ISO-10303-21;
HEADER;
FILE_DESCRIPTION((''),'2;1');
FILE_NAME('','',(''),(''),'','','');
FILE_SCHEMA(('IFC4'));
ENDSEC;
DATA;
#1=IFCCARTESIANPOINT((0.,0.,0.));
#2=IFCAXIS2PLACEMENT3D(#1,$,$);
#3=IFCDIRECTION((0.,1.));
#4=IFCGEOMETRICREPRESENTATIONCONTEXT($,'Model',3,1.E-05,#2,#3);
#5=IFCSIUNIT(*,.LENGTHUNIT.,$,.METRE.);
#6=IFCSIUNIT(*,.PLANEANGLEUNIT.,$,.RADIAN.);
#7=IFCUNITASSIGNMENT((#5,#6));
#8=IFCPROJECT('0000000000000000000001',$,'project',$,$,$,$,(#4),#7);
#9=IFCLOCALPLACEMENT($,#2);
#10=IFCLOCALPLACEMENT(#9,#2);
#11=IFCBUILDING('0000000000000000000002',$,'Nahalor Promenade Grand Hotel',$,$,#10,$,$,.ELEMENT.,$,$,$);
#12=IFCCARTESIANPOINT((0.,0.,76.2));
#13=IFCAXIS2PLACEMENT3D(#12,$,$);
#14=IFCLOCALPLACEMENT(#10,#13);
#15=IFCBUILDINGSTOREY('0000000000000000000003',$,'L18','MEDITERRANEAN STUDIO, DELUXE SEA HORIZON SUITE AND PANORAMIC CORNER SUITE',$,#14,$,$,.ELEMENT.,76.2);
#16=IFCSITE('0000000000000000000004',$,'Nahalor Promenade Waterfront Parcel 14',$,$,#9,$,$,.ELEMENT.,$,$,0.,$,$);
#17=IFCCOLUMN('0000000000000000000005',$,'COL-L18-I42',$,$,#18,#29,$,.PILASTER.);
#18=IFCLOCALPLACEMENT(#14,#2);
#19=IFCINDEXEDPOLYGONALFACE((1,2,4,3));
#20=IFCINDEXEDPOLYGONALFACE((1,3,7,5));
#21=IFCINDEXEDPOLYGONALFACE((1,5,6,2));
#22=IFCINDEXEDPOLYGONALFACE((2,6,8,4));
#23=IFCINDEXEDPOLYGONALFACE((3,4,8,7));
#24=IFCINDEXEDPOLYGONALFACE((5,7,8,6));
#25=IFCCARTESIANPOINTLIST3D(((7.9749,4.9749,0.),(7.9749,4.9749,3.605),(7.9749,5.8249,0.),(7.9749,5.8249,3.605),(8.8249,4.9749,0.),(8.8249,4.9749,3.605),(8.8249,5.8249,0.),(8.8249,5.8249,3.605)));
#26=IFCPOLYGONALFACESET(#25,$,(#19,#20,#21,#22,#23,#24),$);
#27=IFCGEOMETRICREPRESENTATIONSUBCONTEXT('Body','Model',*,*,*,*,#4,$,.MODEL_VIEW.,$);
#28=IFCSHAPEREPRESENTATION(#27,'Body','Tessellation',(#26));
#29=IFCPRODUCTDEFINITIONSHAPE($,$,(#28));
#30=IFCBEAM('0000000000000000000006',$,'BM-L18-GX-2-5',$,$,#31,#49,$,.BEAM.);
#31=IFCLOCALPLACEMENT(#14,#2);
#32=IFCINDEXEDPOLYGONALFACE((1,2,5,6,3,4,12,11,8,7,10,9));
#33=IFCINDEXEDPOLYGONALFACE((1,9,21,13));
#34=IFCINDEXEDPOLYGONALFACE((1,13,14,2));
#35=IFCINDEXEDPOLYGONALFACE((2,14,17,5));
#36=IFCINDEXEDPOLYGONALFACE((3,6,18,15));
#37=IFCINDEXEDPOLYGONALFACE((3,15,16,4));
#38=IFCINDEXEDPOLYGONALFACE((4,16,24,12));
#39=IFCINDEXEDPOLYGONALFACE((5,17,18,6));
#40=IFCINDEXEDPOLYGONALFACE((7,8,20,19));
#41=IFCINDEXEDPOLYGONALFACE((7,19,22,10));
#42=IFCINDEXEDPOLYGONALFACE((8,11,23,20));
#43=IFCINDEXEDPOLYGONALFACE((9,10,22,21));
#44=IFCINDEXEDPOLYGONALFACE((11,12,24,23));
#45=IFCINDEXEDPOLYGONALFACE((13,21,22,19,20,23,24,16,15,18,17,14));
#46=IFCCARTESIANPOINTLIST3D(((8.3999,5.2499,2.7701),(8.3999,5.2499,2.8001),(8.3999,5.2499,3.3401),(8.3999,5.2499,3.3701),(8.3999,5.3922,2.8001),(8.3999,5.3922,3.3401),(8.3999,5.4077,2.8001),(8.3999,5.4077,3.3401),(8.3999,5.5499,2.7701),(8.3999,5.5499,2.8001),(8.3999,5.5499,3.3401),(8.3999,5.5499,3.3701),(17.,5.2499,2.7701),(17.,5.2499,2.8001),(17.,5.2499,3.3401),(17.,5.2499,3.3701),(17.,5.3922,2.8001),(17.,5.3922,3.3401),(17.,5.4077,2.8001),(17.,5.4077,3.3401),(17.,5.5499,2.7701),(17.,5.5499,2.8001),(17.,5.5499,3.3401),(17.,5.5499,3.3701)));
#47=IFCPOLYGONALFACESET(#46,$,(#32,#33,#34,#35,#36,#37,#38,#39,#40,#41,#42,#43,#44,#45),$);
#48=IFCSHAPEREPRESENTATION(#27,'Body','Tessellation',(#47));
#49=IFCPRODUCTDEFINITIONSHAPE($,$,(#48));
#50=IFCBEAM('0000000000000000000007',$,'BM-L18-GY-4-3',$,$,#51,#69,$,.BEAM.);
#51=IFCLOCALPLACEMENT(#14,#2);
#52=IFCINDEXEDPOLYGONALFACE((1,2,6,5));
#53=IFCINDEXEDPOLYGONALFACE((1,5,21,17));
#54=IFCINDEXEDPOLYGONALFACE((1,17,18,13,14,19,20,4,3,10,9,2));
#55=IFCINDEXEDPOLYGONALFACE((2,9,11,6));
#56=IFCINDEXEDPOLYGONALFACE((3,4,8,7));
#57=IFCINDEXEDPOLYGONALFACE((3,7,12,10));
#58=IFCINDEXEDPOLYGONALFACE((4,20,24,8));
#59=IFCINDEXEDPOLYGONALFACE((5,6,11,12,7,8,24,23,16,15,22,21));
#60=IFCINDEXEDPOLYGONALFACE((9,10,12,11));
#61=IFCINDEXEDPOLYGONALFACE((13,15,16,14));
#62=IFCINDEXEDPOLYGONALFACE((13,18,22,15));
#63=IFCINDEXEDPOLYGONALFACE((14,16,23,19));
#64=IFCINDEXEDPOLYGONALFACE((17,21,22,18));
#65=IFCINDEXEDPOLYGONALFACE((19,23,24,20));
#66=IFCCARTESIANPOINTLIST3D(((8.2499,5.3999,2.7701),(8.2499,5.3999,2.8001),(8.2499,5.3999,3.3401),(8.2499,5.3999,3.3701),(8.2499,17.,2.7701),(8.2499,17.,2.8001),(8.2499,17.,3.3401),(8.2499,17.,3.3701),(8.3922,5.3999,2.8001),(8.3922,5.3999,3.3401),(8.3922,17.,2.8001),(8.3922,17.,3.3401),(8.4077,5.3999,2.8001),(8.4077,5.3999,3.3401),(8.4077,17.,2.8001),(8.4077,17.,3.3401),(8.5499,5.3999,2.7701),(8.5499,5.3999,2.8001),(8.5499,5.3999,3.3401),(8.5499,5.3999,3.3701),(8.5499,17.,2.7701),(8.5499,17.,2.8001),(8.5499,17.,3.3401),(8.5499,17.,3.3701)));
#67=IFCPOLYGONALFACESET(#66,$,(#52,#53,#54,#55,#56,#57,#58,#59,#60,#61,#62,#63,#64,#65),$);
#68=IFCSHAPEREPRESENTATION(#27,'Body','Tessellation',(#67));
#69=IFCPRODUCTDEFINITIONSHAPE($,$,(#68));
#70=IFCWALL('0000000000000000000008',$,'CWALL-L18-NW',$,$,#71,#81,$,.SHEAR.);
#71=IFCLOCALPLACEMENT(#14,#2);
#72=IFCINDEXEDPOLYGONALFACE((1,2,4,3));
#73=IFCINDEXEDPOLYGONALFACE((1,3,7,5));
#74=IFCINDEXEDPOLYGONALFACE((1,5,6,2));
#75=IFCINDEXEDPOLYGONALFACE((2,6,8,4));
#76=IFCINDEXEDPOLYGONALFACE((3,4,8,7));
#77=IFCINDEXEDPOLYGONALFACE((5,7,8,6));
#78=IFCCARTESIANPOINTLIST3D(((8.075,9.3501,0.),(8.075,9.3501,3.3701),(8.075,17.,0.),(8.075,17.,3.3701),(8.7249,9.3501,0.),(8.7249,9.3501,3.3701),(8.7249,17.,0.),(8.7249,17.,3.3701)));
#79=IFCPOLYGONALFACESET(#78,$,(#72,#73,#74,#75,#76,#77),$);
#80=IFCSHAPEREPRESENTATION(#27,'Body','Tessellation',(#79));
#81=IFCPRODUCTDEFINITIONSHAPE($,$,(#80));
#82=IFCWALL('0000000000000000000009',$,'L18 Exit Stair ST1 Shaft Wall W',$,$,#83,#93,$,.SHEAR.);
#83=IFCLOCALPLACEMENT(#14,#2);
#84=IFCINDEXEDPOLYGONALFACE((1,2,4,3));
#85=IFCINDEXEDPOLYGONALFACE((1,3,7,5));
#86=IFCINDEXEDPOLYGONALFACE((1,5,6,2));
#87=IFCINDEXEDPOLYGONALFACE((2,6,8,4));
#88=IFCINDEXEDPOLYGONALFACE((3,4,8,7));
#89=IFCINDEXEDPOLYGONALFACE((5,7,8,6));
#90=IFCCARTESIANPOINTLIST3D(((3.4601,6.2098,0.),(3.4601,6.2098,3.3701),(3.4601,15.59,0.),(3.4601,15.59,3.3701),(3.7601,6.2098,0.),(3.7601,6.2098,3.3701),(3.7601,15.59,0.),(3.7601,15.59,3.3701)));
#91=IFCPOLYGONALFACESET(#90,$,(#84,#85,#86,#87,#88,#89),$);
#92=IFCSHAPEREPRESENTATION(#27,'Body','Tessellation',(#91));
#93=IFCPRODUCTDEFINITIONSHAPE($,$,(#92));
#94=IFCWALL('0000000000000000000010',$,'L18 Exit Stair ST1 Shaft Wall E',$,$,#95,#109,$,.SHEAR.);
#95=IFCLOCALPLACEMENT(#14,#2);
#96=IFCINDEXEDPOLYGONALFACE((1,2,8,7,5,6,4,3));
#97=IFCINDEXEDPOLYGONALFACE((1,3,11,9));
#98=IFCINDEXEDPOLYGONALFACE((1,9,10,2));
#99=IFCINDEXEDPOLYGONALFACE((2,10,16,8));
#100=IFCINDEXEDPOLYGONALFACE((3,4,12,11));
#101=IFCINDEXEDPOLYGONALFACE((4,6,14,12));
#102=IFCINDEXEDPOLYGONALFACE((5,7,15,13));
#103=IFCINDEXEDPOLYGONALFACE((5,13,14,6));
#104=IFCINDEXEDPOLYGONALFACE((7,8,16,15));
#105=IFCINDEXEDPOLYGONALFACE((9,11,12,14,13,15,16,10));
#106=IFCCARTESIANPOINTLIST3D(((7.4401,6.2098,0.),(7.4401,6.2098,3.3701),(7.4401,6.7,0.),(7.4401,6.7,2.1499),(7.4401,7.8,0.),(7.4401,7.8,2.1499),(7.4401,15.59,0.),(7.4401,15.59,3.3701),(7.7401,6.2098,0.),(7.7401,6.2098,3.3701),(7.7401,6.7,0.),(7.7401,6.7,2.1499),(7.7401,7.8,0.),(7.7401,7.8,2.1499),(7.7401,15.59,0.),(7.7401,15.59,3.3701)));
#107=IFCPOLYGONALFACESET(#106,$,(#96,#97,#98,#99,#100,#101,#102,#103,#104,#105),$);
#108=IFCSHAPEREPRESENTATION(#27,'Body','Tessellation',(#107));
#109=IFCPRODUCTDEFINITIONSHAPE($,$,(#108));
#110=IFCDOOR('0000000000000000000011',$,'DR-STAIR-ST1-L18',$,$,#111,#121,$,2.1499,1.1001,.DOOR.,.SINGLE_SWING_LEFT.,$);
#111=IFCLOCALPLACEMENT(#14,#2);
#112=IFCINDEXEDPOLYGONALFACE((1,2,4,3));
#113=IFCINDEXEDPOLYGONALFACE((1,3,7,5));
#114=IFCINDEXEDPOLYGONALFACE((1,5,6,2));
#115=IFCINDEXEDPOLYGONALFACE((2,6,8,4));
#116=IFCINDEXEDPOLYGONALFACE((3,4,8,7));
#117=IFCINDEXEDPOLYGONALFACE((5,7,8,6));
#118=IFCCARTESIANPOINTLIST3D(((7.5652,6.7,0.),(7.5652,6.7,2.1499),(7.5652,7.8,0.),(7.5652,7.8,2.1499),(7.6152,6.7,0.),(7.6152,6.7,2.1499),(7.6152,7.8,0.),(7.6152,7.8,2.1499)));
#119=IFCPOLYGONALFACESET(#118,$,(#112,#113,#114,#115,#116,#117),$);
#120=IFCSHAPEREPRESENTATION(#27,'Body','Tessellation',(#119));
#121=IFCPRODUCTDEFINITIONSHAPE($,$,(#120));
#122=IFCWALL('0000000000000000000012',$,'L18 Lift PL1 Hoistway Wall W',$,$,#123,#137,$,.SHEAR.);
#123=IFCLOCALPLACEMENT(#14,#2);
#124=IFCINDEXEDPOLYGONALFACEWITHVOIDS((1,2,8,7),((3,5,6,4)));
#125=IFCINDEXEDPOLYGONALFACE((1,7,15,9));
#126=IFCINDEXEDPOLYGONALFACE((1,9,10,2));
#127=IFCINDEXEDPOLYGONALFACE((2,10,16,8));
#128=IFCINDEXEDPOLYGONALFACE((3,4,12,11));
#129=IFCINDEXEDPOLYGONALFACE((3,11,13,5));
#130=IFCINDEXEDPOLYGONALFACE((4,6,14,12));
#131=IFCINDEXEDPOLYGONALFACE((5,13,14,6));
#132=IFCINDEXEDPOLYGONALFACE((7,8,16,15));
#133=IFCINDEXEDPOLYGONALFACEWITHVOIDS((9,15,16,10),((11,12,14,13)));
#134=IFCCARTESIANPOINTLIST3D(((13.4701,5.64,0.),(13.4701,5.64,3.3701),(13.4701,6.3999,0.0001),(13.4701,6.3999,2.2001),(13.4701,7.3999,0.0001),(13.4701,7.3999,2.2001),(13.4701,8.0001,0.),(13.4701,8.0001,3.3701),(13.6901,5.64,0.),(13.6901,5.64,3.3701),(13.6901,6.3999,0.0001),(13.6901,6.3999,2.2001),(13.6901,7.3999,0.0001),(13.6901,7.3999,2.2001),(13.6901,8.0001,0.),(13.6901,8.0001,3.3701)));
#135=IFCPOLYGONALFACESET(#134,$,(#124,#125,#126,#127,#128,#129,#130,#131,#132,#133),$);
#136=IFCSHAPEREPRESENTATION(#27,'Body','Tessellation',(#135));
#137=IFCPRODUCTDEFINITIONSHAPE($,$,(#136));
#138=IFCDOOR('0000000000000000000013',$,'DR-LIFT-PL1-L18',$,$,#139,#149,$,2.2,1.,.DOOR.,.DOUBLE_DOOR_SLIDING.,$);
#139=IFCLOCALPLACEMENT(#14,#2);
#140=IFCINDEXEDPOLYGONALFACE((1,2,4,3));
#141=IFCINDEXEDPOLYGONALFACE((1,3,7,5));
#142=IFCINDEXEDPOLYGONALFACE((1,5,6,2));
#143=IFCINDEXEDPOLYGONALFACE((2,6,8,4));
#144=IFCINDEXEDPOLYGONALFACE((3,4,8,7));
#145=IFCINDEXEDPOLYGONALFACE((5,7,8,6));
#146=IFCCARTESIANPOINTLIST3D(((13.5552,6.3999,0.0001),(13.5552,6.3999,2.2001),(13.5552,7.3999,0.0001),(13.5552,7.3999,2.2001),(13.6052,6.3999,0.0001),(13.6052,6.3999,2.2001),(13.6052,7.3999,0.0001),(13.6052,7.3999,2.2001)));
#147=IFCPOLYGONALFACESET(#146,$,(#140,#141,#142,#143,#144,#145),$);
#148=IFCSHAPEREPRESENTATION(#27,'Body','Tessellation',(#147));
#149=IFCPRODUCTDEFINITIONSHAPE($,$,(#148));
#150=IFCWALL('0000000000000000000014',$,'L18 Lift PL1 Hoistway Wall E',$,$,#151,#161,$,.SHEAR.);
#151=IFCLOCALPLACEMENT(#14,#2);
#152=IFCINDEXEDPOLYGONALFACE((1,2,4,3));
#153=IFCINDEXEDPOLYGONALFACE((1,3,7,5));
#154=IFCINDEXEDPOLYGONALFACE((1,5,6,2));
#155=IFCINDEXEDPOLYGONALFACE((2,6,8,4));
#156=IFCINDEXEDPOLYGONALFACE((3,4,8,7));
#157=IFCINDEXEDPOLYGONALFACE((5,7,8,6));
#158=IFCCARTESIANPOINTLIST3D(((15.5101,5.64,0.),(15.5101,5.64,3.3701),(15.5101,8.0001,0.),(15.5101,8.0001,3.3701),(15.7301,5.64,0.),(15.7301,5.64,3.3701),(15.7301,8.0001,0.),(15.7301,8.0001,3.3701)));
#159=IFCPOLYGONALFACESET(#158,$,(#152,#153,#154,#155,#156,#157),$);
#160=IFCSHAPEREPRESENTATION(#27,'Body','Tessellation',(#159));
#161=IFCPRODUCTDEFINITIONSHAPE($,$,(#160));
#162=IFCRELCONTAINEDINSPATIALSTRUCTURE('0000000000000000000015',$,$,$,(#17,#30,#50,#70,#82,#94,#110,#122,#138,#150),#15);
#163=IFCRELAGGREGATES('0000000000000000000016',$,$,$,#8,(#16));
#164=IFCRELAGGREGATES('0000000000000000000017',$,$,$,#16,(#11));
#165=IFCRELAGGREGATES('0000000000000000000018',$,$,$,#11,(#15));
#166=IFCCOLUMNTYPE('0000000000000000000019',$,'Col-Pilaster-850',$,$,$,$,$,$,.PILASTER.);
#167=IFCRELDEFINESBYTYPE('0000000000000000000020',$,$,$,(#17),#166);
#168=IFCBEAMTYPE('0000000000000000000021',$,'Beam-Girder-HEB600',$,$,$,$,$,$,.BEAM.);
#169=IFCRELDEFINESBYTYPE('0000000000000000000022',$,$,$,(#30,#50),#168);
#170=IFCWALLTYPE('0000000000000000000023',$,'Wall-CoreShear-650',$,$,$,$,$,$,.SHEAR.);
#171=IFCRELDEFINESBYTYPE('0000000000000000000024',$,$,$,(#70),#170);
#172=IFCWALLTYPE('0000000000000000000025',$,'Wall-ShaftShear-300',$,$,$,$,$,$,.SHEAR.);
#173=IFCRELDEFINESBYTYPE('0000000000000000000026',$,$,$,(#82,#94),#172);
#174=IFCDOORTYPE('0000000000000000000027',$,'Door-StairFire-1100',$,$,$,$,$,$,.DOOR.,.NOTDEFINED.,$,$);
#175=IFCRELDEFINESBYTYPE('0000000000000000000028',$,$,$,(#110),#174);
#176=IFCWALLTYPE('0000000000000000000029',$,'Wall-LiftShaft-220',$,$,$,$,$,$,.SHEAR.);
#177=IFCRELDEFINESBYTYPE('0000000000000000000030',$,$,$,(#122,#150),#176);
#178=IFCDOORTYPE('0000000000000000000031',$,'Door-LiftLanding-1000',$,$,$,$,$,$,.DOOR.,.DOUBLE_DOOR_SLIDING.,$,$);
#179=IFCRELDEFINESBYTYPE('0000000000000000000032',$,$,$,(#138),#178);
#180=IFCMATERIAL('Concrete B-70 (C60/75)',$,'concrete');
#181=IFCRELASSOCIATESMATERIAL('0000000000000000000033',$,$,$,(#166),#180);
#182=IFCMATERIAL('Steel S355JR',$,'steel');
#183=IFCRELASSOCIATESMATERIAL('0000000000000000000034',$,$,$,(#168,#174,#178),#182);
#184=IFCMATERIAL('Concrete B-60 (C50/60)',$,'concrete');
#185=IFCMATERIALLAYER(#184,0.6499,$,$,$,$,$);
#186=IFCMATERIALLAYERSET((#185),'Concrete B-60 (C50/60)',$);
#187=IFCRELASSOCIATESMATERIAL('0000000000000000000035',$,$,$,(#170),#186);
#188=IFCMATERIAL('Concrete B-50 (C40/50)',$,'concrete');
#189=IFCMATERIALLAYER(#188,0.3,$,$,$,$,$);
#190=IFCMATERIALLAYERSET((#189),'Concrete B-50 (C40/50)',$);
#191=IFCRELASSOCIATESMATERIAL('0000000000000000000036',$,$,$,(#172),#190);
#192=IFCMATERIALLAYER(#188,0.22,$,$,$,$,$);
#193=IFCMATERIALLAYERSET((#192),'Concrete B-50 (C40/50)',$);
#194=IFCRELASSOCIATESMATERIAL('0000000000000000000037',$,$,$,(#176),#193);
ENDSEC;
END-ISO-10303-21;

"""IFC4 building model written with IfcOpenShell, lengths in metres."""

from ifc_helpers import new_model, si_unit, direction, frame, frame_2d, origin, origin_2d, place, context, subcontext, project, spatial, rectangle, i_section, extrude, source, transform, mapped, material, layer, layer_set, material_profile, profile_set, type_object, element, fill, save


model = new_model("IFC4")

# Units and contexts
model_context = context("Model", 3, precision=1e-05, world=origin(), true_north=direction((0.0, 1.0)))
body_context = subcontext(model_context, "Body", "Model", "MODEL_VIEW")
ifc_project = project(units=[si_unit("LENGTHUNIT", "METRE"), si_unit("PLANEANGLEUNIT", "RADIAN")], contexts=[model_context])

# Site, building, storey
site_placement = place(None, origin())
site = spatial("IfcSite", under=ifc_project, at=site_placement, Name="Nahalor Promenade Waterfront Parcel 14", CompositionType="ELEMENT", RefElevation=0.0)
building_placement = place(site_placement, origin())
building = spatial("IfcBuilding", under=site, at=building_placement, Name="Nahalor Promenade Grand Hotel", CompositionType="ELEMENT")
storey_placement = place(building_placement, frame((0.0, 0.0, 76.2)))
storey = spatial("IfcBuildingStorey", under=building, at=storey_placement, Name="L18", Description="MEDITERRANEAN STUDIO, DELUXE SEA HORIZON SUITE AND PANORAMIC CORNER SUITE", CompositionType="ELEMENT", Elevation=76.2)

# Column
ifc_material_1 = material(Name="Concrete B-70 (C60/75)", Category="concrete")
ifc_material_profile_1 = material_profile(ifc_material_1, rectangle(XDim=0.85, YDim=0.85, at=origin_2d()), Name="RC 850x850")
ifc_profile_set_1 = profile_set([ifc_material_profile_1], Name="Concrete B-70 (C60/75)")
column_type = type_object("IfcColumnType", Name="Col-Pilaster-850", PredefinedType="PILASTER", material=ifc_profile_set_1)
shared_shape_1 = source(origin(), body_context, "Body", "SweptSolid", [
    extrude(rectangle(XDim=0.85, YDim=0.85, at=origin_2d()), origin(), (0.0, 0.0, 1.0), 3.605),
])
column_placement = place(storey_placement, frame((8.3999, 5.3999, 0.0), z_axis=(0.0, 0.0, 1.0), x_axis=(1.0, 0.0, 0.0)))
element("IfcColumn", 1, at=column_placement, inside=storey, type_object=column_type, Name="COL-L18-I42", PredefinedType="PILASTER", context=body_context, shape_type="MappedRepresentation", body=[
    mapped(shared_shape_1, transform((0.0, 0.0, 0.0), scale=1.0)),
])

# Beams
ifc_material_2 = material(Name="Steel S355JR", Category="steel")
ifc_material_profile_2 = material_profile(ifc_material_2, i_section(OverallWidth=0.3, OverallDepth=0.6, WebThickness=0.0155, FlangeThickness=0.03, at=origin_2d()), Name="HEB 600")
ifc_profile_set_2 = profile_set([ifc_material_profile_2], Name="Steel S355JR")
beam_type = type_object("IfcBeamType", Name="Beam-Girder-HEB600", PredefinedType="BEAM", material=ifc_profile_set_2)
shared_shape_2 = source(origin(), body_context, "Body", "SweptSolid", [
    extrude(i_section(OverallWidth=0.3, OverallDepth=0.6, WebThickness=0.0155, FlangeThickness=0.03, at=origin_2d()), origin(), (0.0, 0.0, 1.0), 8.6001),
])
beam_1_placement = place(storey_placement, frame((8.3999, 5.3999, 3.0701), z_axis=(1.0, 0.0, 0.0), x_axis=(0.0, 1.0, 0.0)))
element("IfcBeam", 2, at=beam_1_placement, inside=storey, type_object=beam_type, Name="BM-L18-GX-2-5", PredefinedType="BEAM", context=body_context, shape_type="MappedRepresentation", body=[
    mapped(shared_shape_2, transform((0.0, 0.0, 0.0), scale=1.0)),
])
shared_shape_3 = source(origin(), body_context, "Body", "SweptSolid", [
    extrude(i_section(OverallWidth=0.3, OverallDepth=0.6, WebThickness=0.0155, FlangeThickness=0.03, at=origin_2d()), origin(), (0.0, 0.0, 1.0), 11.6001),
])
beam_2_placement = place(storey_placement, frame((8.3999, 5.3999, 3.0701), z_axis=(0.0, 1.0, 0.0), x_axis=(-1.0, 0.0, 0.0)))
element("IfcBeam", 3, at=beam_2_placement, inside=storey, type_object=beam_type, Name="BM-L18-GY-4-3", PredefinedType="BEAM", context=body_context, shape_type="MappedRepresentation", body=[
    mapped(shared_shape_3, transform((0.0, 0.0, 0.0), scale=1.0)),
])

# Walls
ifc_material_3 = material(Name="Concrete B-60 (C50/60)", Category="concrete")
ifc_layer_1 = layer(ifc_material_3, 0.6499)
ifc_layer_set_1 = layer_set([ifc_layer_1], Name="Concrete B-60 (C50/60)")
wall_type_1 = type_object("IfcWallType", Name="Wall-CoreShear-650", PredefinedType="SHEAR", material=ifc_layer_set_1)
shared_shape_4 = source(origin(), body_context, "Body", "SweptSolid", [
    extrude(rectangle(XDim=7.6499, YDim=0.6499, at=frame_2d((3.825, 0.0))), origin(), (0.0, 0.0, 1.0), 3.3701),
])
wall_1_placement = place(storey_placement, frame((8.3999, 9.3501, 0.0), z_axis=(0.0, 0.0, 1.0), x_axis=(0.0, 1.0, 0.0)))
element("IfcWall", 4, at=wall_1_placement, inside=storey, type_object=wall_type_1, Name="CWALL-L18-NW", PredefinedType="SHEAR", context=body_context, shape_type="MappedRepresentation", body=[
    mapped(shared_shape_4, transform((0.0, 0.0, 0.0), scale=1.0)),
])
ifc_material_4 = material(Name="Concrete B-50 (C40/50)", Category="concrete")
ifc_layer_2 = layer(ifc_material_4, 0.3)
ifc_layer_set_2 = layer_set([ifc_layer_2], Name="Concrete B-50 (C40/50)")
wall_type_2 = type_object("IfcWallType", Name="Wall-ShaftShear-300", PredefinedType="SHEAR", material=ifc_layer_set_2)
shared_shape_5 = source(origin(), body_context, "Body", "SweptSolid", [
    extrude(rectangle(XDim=9.3801, YDim=0.3, at=frame_2d((4.6899, 0.0))), origin(), (0.0, 0.0, 1.0), 3.3701),
])
wall_2_placement = place(storey_placement, frame((3.6101, 6.21, 0.0), z_axis=(0.0, 0.0, 1.0), x_axis=(0.0, 1.0, 0.0)))
element("IfcWall", 5, at=wall_2_placement, inside=storey, type_object=wall_type_2, Name="L18 Exit Stair ST1 Shaft Wall W", PredefinedType="SHEAR", context=body_context, shape_type="MappedRepresentation", body=[
    mapped(shared_shape_5, transform((0.0, 0.0, 0.0), scale=1.0)),
])

# Walls, openings, doors
wall_3_placement = place(storey_placement, frame((7.5901, 6.21, 0.0), z_axis=(0.0, 0.0, 1.0), x_axis=(0.0, 1.0, 0.0)))
wall_3 = element("IfcWall", 6, at=wall_3_placement, inside=storey, type_object=wall_type_2, Name="L18 Exit Stair ST1 Shaft Wall E", PredefinedType="SHEAR", context=body_context, shape_type="MappedRepresentation", body=[
    mapped(shared_shape_5, transform((0.0, 0.0, 0.0), scale=1.0)),
])
opening_1_placement = place(wall_3_placement, frame((0.49, 0.0, 0.0)))
opening_1 = element("IfcOpeningElement", 7, at=opening_1_placement, cuts=wall_3, PredefinedType="OPENING", context=body_context, shape_type="SweptSolid", body=[
    extrude(rectangle(XDim=1.1001, YDim=2.1499, at=frame_2d((0.55, 1.075))), frame((0.0, 0.1599, 0.0), z_axis=(0.0, -1.0, 0.0), x_axis=(1.0, 0.0, 0.0)), (0.0, 0.0, 1.0), 0.3201),
])
door_type_1 = type_object("IfcDoorType", Name="Door-StairFire-1100", OperationType="NOTDEFINED", PredefinedType="DOOR", material=ifc_material_2)
shared_shape_6 = source(origin(), body_context, "Body", "SweptSolid", [
    extrude(rectangle(XDim=1.1001, YDim=2.1499, at=frame_2d((0.55, 1.075))), frame((0.0, 0.0249, 0.0), z_axis=(0.0, -1.0, 0.0), x_axis=(1.0, 0.0, 0.0)), (0.0, 0.0, 1.0), 0.05),
])
door_1_placement = place(opening_1_placement, origin())
door_1 = element("IfcDoor", 8, at=door_1_placement, inside=storey, type_object=door_type_1, Name="DR-STAIR-ST1-L18", OperationType="SINGLE_SWING_LEFT", OverallHeight=2.1499, OverallWidth=1.1001, PredefinedType="DOOR", context=body_context, shape_type="MappedRepresentation", body=[
    mapped(shared_shape_6, transform((0.0, 0.0, 0.0), scale=1.0)),
])
fill(opening_1, door_1)
ifc_layer_3 = layer(ifc_material_4, 0.22)
ifc_layer_set_3 = layer_set([ifc_layer_3], Name="Concrete B-50 (C40/50)")
wall_type_3 = type_object("IfcWallType", Name="Wall-LiftShaft-220", PredefinedType="SHEAR", material=ifc_layer_set_3)
shared_shape_7 = source(origin(), body_context, "Body", "SweptSolid", [
    extrude(rectangle(XDim=2.3601, YDim=0.22, at=frame_2d((1.1802, 0.0))), origin(), (0.0, 0.0, 1.0), 3.3701),
])
wall_4_placement = place(storey_placement, frame((13.5801, 5.6399, 0.0), z_axis=(0.0, 0.0, 1.0), x_axis=(0.0, 1.0, 0.0)))
wall_4 = element("IfcWall", 9, at=wall_4_placement, inside=storey, type_object=wall_type_3, Name="L18 Lift PL1 Hoistway Wall W", PredefinedType="SHEAR", context=body_context, shape_type="MappedRepresentation", body=[
    mapped(shared_shape_7, transform((0.0, 0.0, 0.0), scale=1.0)),
])
opening_2_placement = place(wall_4_placement, frame((0.76, 0.0, 0.0)))
opening_2 = element("IfcOpeningElement", 10, at=opening_2_placement, cuts=wall_4, PredefinedType="OPENING", context=body_context, shape_type="SweptSolid", body=[
    extrude(rectangle(XDim=1.0, YDim=2.2, at=frame_2d((0.5, 1.1001))), frame((0.0, 0.1199, 0.0), z_axis=(0.0, -1.0, 0.0), x_axis=(1.0, 0.0, 0.0)), (0.0, 0.0, 1.0), 0.24),
])
door_type_2 = type_object("IfcDoorType", Name="Door-LiftLanding-1000", OperationType="DOUBLE_DOOR_SLIDING", PredefinedType="DOOR", material=ifc_material_2)
shared_shape_8 = source(origin(), body_context, "Body", "SweptSolid", [
    extrude(rectangle(XDim=1.0, YDim=2.2, at=frame_2d((0.5, 1.1001))), frame((0.0, 0.0249, 0.0), z_axis=(0.0, -1.0, 0.0), x_axis=(1.0, 0.0, 0.0)), (0.0, 0.0, 1.0), 0.05),
])
door_2_placement = place(opening_2_placement, origin())
door_2 = element("IfcDoor", 11, at=door_2_placement, inside=storey, type_object=door_type_2, Name="DR-LIFT-PL1-L18", OperationType="DOUBLE_DOOR_SLIDING", OverallHeight=2.2, OverallWidth=1.0, PredefinedType="DOOR", context=body_context, shape_type="MappedRepresentation", body=[
    mapped(shared_shape_8, transform((0.0, 0.0, 0.0), scale=1.0)),
])
fill(opening_2, door_2)

# Wall
wall_5_placement = place(storey_placement, frame((15.6201, 5.6399, 0.0), z_axis=(0.0, 0.0, 1.0), x_axis=(0.0, 1.0, 0.0)))
element("IfcWall", 12, at=wall_5_placement, inside=storey, type_object=wall_type_3, Name="L18 Lift PL1 Hoistway Wall E", PredefinedType="SHEAR", context=body_context, shape_type="MappedRepresentation", body=[
    mapped(shared_shape_7, transform((0.0, 0.0, 0.0), scale=1.0)),
])

save(model, "model.ifc")
